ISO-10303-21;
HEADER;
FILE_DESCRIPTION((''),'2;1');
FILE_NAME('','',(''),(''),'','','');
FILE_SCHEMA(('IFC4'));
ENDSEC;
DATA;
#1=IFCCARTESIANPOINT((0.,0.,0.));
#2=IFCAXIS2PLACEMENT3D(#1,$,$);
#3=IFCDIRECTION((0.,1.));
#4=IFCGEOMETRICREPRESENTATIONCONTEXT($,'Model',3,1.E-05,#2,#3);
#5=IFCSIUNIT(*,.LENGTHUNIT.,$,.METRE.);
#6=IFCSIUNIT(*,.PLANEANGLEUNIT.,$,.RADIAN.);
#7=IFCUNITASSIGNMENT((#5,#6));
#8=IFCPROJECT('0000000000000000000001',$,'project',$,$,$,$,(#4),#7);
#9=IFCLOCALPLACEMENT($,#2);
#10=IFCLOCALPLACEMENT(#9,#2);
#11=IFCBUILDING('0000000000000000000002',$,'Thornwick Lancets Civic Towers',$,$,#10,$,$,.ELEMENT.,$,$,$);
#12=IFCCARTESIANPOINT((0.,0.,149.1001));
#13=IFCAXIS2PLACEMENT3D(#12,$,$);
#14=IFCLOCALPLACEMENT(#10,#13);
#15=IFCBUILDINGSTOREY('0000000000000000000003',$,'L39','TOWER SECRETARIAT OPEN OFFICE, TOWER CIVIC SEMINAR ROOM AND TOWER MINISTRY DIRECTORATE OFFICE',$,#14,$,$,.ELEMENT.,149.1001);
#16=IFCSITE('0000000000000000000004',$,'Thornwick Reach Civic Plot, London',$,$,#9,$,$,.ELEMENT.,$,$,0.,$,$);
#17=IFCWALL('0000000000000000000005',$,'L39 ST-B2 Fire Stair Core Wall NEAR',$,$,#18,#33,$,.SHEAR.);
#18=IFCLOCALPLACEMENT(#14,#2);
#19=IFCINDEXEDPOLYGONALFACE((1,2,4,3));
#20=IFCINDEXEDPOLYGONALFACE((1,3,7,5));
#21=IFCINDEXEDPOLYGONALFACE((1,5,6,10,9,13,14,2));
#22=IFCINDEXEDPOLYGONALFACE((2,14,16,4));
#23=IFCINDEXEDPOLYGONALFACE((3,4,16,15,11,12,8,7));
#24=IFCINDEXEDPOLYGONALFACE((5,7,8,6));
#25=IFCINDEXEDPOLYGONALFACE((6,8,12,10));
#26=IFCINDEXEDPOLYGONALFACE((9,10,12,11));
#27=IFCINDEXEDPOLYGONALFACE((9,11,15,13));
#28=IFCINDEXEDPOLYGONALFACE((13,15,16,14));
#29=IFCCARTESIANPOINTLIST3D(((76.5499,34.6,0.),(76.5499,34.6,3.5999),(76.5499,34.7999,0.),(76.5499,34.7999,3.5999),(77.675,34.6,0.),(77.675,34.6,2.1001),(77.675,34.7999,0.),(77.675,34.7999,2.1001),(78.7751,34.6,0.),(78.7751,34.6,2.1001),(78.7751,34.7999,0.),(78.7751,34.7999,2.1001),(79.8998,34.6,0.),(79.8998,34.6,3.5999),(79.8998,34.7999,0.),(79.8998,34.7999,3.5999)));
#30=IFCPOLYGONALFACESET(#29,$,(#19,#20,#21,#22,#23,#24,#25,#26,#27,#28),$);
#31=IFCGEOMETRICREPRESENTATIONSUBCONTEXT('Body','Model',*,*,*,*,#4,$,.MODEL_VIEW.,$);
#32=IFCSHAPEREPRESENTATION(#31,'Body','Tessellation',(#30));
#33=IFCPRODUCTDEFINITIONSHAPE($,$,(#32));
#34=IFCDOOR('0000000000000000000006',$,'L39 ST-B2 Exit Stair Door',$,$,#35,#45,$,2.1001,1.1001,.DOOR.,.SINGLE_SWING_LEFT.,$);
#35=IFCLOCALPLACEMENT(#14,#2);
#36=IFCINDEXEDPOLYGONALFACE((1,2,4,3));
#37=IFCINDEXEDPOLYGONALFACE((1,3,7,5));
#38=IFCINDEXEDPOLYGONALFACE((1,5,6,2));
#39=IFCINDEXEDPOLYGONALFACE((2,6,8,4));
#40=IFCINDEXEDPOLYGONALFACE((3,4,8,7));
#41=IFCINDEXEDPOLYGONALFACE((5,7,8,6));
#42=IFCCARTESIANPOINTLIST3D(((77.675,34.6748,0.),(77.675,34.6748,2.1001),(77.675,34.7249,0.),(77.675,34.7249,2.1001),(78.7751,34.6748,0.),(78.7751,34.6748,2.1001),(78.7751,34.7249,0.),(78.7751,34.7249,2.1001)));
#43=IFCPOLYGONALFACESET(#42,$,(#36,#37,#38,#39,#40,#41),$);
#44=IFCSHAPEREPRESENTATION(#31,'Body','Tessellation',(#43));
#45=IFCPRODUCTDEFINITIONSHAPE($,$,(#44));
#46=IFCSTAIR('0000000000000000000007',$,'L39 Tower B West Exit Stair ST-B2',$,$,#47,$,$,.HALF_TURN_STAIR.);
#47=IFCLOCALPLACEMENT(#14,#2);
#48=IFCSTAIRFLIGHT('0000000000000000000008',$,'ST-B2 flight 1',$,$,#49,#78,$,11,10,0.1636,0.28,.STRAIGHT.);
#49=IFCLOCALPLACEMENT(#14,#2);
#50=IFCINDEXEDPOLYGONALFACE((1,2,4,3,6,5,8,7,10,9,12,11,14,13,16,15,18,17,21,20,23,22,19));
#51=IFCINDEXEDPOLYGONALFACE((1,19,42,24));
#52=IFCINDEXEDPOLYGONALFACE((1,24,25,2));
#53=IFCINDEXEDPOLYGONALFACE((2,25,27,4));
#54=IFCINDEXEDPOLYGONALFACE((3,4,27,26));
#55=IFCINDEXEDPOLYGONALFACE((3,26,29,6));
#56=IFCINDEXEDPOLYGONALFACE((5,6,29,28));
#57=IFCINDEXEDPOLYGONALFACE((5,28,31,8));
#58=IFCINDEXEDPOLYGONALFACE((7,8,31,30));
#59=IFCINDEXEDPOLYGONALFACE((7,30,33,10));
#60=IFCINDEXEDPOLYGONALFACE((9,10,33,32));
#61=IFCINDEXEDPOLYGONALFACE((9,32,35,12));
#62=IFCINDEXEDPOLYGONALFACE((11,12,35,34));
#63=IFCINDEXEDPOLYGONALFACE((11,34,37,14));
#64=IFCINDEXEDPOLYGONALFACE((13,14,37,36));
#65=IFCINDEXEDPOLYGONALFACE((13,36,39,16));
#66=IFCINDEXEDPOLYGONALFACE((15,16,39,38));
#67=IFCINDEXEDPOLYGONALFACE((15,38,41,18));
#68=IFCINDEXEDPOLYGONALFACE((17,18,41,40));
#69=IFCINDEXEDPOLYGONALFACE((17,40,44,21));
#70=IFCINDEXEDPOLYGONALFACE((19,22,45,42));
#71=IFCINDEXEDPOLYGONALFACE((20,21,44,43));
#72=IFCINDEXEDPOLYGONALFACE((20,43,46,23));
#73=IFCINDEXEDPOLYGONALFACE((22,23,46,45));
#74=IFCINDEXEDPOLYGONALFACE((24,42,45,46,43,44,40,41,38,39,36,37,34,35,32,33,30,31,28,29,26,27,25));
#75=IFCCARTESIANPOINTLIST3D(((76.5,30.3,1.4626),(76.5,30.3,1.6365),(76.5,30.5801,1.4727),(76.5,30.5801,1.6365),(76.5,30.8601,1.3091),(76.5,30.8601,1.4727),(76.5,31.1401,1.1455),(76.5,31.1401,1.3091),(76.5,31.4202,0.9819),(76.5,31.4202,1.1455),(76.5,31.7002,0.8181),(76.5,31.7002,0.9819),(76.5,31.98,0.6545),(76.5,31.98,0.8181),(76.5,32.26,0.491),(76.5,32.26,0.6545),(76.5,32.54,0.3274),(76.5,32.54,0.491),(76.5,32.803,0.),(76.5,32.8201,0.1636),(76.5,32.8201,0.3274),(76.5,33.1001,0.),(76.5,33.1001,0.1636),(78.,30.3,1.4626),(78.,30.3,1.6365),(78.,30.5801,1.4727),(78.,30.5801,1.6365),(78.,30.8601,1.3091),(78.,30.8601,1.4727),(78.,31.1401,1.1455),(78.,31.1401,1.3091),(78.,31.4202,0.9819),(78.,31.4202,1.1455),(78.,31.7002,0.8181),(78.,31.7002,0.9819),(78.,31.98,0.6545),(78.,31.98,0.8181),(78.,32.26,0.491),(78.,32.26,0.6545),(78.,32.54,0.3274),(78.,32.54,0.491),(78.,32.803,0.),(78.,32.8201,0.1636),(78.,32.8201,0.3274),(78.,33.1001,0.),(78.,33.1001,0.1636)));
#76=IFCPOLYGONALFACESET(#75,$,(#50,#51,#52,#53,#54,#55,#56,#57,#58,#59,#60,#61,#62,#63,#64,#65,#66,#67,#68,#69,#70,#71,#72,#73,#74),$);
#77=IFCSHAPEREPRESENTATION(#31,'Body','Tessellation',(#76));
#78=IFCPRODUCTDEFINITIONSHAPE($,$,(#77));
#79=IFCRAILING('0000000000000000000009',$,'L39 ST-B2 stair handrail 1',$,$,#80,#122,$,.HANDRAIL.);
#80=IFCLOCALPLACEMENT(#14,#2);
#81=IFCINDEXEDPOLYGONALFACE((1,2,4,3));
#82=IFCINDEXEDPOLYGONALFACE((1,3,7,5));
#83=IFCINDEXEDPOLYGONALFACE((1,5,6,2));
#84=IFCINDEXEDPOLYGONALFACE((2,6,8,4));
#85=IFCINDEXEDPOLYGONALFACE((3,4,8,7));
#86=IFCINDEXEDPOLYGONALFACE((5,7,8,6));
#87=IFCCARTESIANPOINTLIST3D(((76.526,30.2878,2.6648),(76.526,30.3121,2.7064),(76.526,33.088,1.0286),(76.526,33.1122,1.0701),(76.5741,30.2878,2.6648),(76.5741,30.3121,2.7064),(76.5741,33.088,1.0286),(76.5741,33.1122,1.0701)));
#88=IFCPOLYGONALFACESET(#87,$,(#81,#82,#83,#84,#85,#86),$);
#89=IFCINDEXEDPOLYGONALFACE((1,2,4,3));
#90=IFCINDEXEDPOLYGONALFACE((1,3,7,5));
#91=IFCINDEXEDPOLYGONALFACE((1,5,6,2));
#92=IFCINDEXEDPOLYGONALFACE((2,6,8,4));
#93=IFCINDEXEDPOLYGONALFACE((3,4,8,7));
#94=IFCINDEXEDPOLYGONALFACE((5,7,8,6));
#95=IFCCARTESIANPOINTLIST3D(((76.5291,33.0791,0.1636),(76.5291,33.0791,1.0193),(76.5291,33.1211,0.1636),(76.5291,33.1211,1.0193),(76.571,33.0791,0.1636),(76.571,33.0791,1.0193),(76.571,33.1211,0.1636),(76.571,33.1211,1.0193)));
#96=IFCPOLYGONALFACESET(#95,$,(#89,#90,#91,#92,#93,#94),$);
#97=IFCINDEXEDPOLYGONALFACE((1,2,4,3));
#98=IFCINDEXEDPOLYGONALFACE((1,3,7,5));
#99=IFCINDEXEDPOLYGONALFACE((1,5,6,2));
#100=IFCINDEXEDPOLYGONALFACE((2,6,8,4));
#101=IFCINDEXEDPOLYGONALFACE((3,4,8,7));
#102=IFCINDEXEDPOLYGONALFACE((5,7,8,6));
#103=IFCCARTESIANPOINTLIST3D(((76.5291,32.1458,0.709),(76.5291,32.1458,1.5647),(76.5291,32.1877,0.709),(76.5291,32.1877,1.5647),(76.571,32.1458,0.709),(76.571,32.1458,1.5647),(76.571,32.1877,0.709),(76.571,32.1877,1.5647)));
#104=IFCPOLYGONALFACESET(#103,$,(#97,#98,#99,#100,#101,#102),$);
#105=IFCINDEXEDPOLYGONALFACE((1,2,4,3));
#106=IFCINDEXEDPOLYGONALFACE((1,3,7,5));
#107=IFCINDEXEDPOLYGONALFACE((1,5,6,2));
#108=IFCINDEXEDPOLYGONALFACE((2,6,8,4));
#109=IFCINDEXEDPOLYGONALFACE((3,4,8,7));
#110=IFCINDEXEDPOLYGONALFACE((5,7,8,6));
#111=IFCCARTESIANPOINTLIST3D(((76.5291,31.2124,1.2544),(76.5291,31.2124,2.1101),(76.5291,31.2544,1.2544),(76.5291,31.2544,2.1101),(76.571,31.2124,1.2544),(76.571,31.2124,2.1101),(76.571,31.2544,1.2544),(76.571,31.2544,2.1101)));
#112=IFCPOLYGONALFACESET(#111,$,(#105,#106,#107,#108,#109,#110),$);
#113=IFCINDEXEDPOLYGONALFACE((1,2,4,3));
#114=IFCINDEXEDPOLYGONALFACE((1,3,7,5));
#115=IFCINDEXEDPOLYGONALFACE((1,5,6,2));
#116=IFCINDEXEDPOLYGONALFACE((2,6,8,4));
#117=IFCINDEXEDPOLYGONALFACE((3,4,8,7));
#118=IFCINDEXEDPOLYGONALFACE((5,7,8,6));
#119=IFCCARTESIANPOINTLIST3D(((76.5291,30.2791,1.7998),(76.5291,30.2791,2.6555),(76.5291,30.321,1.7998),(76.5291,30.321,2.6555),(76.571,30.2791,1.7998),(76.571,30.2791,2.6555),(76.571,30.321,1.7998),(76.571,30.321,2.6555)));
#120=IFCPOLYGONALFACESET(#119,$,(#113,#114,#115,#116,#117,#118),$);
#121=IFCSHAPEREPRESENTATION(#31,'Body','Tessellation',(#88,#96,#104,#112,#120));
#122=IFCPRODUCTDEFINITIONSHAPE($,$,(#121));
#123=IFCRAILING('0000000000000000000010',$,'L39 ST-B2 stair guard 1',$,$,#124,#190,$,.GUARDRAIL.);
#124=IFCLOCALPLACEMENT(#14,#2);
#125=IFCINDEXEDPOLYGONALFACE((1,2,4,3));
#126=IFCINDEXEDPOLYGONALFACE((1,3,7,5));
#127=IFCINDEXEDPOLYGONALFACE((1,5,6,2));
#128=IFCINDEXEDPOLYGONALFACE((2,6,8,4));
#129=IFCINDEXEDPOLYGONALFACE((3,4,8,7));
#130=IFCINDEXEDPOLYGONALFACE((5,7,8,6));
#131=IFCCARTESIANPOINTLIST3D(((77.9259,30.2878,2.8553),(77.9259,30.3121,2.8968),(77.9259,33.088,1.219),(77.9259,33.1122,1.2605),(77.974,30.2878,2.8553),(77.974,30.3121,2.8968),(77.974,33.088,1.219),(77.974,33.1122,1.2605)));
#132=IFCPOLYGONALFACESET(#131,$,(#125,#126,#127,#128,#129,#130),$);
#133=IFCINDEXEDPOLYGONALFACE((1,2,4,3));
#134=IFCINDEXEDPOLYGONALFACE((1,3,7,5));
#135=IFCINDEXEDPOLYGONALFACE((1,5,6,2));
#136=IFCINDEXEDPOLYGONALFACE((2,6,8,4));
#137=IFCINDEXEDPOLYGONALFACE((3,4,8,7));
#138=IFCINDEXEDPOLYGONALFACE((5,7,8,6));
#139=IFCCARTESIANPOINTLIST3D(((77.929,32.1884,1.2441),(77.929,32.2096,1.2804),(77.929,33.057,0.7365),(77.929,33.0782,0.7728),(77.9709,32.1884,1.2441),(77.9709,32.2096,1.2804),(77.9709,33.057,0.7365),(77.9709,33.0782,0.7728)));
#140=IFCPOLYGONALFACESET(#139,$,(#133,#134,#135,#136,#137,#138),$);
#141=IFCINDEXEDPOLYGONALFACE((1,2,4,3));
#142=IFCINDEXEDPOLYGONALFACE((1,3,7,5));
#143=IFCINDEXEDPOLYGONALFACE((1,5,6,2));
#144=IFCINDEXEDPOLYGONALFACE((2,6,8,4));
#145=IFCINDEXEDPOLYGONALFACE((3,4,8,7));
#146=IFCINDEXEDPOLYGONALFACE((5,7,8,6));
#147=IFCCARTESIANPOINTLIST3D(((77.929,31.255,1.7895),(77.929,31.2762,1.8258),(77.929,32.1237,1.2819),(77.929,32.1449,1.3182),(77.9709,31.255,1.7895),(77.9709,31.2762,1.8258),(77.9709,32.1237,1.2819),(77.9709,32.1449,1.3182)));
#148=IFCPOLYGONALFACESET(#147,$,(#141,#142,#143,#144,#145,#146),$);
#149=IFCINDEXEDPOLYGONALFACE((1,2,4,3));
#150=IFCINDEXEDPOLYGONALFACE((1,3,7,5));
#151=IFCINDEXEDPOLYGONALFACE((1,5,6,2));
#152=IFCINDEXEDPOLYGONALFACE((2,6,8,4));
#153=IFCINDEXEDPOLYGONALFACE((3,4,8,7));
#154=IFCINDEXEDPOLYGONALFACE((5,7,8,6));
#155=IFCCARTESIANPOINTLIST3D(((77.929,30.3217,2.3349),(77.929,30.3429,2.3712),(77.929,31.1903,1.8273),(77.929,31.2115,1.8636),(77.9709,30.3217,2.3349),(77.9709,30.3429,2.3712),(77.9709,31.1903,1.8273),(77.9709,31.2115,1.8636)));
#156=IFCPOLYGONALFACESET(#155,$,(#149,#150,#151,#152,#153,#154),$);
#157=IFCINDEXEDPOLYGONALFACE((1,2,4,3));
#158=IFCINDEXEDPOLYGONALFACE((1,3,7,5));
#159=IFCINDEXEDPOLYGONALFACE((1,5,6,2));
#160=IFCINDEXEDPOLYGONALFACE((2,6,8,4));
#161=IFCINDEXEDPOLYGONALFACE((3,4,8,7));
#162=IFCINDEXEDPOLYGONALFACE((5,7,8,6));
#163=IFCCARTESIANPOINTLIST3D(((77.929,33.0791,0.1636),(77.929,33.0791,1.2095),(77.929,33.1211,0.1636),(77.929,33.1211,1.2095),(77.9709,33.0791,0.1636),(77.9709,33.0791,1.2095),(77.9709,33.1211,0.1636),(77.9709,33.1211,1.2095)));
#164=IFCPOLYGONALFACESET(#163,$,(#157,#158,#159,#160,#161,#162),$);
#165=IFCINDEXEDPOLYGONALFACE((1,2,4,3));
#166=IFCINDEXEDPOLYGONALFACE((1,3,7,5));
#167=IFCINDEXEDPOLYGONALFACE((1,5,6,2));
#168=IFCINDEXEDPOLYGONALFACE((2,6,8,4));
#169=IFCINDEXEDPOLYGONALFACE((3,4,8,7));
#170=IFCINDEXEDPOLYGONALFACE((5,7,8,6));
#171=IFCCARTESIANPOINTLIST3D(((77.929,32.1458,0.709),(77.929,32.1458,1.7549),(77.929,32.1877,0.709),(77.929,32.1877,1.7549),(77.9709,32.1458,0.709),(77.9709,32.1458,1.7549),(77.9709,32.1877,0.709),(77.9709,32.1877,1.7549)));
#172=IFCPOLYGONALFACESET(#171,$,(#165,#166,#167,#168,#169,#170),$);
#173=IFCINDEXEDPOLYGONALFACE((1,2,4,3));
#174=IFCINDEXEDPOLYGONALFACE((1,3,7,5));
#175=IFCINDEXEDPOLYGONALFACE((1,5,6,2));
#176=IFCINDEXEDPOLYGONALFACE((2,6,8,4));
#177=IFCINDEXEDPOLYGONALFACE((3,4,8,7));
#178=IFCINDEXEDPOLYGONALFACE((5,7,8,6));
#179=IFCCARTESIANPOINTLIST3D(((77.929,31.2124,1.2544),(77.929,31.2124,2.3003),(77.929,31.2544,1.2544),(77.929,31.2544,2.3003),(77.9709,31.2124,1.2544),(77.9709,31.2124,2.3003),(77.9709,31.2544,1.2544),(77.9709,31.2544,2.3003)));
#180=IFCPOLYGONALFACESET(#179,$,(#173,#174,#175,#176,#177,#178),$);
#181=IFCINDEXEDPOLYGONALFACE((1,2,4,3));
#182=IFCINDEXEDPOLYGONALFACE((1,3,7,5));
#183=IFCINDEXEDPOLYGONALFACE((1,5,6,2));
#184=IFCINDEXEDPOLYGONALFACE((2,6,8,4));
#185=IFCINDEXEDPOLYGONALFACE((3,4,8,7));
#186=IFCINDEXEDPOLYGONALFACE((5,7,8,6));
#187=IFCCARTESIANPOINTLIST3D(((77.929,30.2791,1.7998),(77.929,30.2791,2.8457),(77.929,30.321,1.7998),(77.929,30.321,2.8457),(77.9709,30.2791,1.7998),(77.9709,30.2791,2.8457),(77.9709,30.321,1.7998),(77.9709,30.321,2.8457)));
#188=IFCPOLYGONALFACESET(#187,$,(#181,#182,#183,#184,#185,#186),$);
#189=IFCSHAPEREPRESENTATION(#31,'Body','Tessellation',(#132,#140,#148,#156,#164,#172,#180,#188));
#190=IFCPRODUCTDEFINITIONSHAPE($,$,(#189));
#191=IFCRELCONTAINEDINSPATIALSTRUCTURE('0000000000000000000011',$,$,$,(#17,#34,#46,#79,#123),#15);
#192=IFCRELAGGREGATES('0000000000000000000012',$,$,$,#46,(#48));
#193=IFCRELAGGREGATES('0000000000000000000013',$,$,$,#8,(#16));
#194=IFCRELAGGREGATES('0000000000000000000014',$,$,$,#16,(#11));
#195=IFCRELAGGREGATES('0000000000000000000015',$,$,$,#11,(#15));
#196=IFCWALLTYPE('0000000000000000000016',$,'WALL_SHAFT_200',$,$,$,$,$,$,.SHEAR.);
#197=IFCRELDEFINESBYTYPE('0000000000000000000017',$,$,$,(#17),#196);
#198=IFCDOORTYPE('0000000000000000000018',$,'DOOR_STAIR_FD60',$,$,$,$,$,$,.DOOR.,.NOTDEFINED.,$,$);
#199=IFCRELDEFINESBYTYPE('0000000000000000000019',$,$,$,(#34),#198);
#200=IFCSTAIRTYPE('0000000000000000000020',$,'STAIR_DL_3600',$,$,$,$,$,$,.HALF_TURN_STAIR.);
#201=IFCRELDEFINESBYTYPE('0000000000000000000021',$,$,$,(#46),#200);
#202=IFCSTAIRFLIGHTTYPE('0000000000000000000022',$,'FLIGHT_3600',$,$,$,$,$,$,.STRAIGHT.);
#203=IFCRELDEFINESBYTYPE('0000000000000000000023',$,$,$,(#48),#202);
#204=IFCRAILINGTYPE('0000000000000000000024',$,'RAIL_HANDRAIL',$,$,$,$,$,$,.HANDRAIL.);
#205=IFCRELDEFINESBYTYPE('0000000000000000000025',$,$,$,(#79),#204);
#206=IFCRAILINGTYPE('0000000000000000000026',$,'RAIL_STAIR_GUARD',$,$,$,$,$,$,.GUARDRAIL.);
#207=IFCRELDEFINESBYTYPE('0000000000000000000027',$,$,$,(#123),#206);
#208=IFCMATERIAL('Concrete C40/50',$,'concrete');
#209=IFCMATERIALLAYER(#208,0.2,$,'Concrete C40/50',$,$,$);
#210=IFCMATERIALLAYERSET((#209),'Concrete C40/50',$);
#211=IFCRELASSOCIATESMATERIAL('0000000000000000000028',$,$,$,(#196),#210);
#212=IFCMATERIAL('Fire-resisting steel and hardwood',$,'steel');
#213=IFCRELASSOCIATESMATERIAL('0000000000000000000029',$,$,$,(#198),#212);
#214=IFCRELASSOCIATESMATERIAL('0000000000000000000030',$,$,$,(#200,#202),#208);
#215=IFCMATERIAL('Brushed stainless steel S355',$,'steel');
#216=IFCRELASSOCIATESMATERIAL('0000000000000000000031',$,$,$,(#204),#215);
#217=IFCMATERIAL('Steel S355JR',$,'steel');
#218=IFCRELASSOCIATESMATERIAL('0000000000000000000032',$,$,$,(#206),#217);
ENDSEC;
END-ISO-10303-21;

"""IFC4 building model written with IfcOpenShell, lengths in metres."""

from ifc_helpers import new_model, si_unit, direction, frame, frame_2d, origin, origin_2d, place, context, subcontext, project, spatial, polyline, rectangle, outline, extrude, material, layer, layer_set, type_object, element, fill, aggregate, save


model = new_model("IFC4")

# Units and contexts
model_context = context("Model", 3, precision=1e-05, world=origin(), true_north=direction((0.0, 1.0)))
body_context = subcontext(model_context, "Body", "Model", "MODEL_VIEW")
ifc_project = project(units=[si_unit("LENGTHUNIT", "METRE"), si_unit("PLANEANGLEUNIT", "RADIAN")], contexts=[model_context])

# Site, building, storey
site_placement = place(None, origin())
site = spatial("IfcSite", under=ifc_project, at=site_placement, Name="Thornwick Reach Civic Plot, London", CompositionType="ELEMENT", RefElevation=0.0)
building_placement = place(site_placement, origin())
building = spatial("IfcBuilding", under=site, at=building_placement, Name="Thornwick Lancets Civic Towers", CompositionType="ELEMENT")
storey_placement = place(building_placement, frame((0.0, 0.0, 149.1001)))
storey = spatial("IfcBuildingStorey", under=building, at=storey_placement, Name="L39", Description="TOWER SECRETARIAT OPEN OFFICE, TOWER CIVIC SEMINAR ROOM AND TOWER MINISTRY DIRECTORATE OFFICE", CompositionType="ELEMENT", Elevation=149.1001)

# Shared definitions
ifc_material_1 = material(Name="Steel S355JR", Category="steel")
ifc_material_2 = material(Name="Concrete C40/50", Category="concrete")

# Wall, opening, door
ifc_layer_1 = layer(ifc_material_2, 0.2, Name="Concrete C40/50")
ifc_layer_set_1 = layer_set([ifc_layer_1], Name="Concrete C40/50")
wall_type_1 = type_object("IfcWallType", Name="WALL_SHAFT_200", PredefinedType="SHEAR", material=ifc_layer_set_1)
wall_1_placement = place(storey_placement, frame((76.55, 34.7, 0.0), z_axis=(0.0, 0.0, 1.0), x_axis=(1.0, 0.0, 0.0)))
wall_1 = element("IfcWall", 1, at=wall_1_placement, inside=storey, type_object=wall_type_1, Name="L39 ST-B2 Fire Stair Core Wall NEAR", PredefinedType="SHEAR", context=body_context, shape_type="SweptSolid", body=[
    extrude(rectangle(XDim=3.3499, YDim=0.2, at=frame_2d((1.6748, 0.0))), origin(), (0.0, 0.0, 1.0), 3.5999),
])
opening_1_placement = place(wall_1_placement, frame((1.125, 0.0, 0.0)))
opening_1 = element("IfcOpeningElement", 2, at=opening_1_placement, cuts=wall_1, PredefinedType="OPENING", context=body_context, shape_type="SweptSolid", body=[
    extrude(rectangle(XDim=1.1001, YDim=2.1001, at=frame_2d((0.55, 1.05))), frame((0.0, 0.1099, 0.0), z_axis=(0.0, -1.0, 0.0), x_axis=(1.0, 0.0, 0.0)), (0.0, 0.0, 1.0), 0.22),
])
ifc_material_3 = material(Name="Fire-resisting steel and hardwood", Category="steel")
door_type = type_object("IfcDoorType", Name="DOOR_STAIR_FD60", OperationType="NOTDEFINED", PredefinedType="DOOR", material=ifc_material_3)
door_placement = place(opening_1_placement, origin())
door = element("IfcDoor", 3, at=door_placement, inside=storey, type_object=door_type, Name="L39 ST-B2 Exit Stair Door", OperationType="SINGLE_SWING_LEFT", OverallHeight=2.1001, OverallWidth=1.1001, PredefinedType="DOOR", context=body_context, shape_type="SweptSolid", body=[
    extrude(rectangle(XDim=1.1001, YDim=2.1001, at=frame_2d((0.55, 1.05))), frame((0.0, 0.0249, 0.0), z_axis=(0.0, -1.0, 0.0), x_axis=(1.0, 0.0, 0.0)), (0.0, 0.0, 1.0), 0.05),
])
fill(opening_1, door)

# Stair, stair flight
stair_type = type_object("IfcStairType", Name="STAIR_DL_3600", PredefinedType="HALF_TURN_STAIR", material=ifc_material_2)
stair_placement = place(storey_placement, origin())
stair = element("IfcStair", 4, at=stair_placement, inside=storey, type_object=stair_type, Name="L39 Tower B West Exit Stair ST-B2", PredefinedType="HALF_TURN_STAIR")
stair_flight_type = type_object("IfcStairFlightType", Name="FLIGHT_3600", PredefinedType="STRAIGHT", material=ifc_material_2)
stair_flight_placement = place(storey_placement, frame((77.25, 33.1001, 0.0), z_axis=(0.0, 0.0, 1.0), x_axis=(0.0, -1.0, 0.0)))
stair_flight = element("IfcStairFlight", 5, at=stair_flight_placement, type_object=stair_flight_type, Name="ST-B2 flight 1", NumberOfRisers=11, NumberOfTreads=10, PredefinedType="STRAIGHT", RiserHeight=0.1636, TreadLength=0.28, context=body_context, shape_type="SweptSolid", body=[
    extrude(outline(polyline([(0.0, 0.0), (0.0, 0.1636), (0.28, 0.1636), (0.28, 0.3274), (0.5601, 0.3274), (0.5601, 0.491), (0.8401, 0.491), (0.8401, 0.6545), (1.1201, 0.6545), (1.1201, 0.8181), (1.3999, 0.8181), (1.3999, 0.9819), (1.6799, 0.9819), (1.6799, 1.1455), (1.96, 1.1455), (1.96, 1.3091), (2.24, 1.3091), (2.24, 1.4727), (2.52, 1.4727), (2.52, 1.6365), (2.8, 1.6365), (2.8, 1.8), (2.8, 1.4626), (0.2971, 0.0), (0.0, 0.0)])), frame((0.0, 0.75, 0.0), z_axis=(0.0, -1.0, 0.0), x_axis=(1.0, 0.0, 0.0)), (0.0, 0.0, 1.0), 1.5),
])
aggregate(stair, [stair_flight])

# Railings
ifc_material_4 = material(Name="Brushed stainless steel S355", Category="steel")
railing_type_1 = type_object("IfcRailingType", Name="RAIL_HANDRAIL", PredefinedType="HANDRAIL", material=ifc_material_4)
railing_1_placement = place(storey_placement, frame((76.55, 33.1001, 0.1636)))
element("IfcRailing", 6, at=railing_1_placement, inside=storey, type_object=railing_type_1, Name="L39 ST-B2 stair handrail 1", PredefinedType="HANDRAIL", context=body_context, shape_type="SweptSolid", body=[
    extrude(rectangle(XDim=0.0481, YDim=0.0481, at=origin_2d()), frame((0.0, 0.0, 0.8857), z_axis=(0.0, -0.863394, 0.504531), x_axis=(1.0, 0.0, 0.0)), (0.0, 0.0, 1.0), 3.2432),
    extrude(rectangle(XDim=0.042, YDim=0.042, at=origin_2d()), origin(), (0.0, 0.0, 1.0), 0.8557),
    extrude(rectangle(XDim=0.042, YDim=0.042, at=origin_2d()), frame((0.0, -0.9333, 0.5454)), (0.0, 0.0, 1.0), 0.8557),
    extrude(rectangle(XDim=0.042, YDim=0.042, at=origin_2d()), frame((0.0, -1.8667, 1.0908)), (0.0, 0.0, 1.0), 0.8557),
    extrude(rectangle(XDim=0.042, YDim=0.042, at=origin_2d()), frame((0.0, -2.8, 1.6362)), (0.0, 0.0, 1.0), 0.8557),
])
railing_type_2 = type_object("IfcRailingType", Name="RAIL_STAIR_GUARD", PredefinedType="GUARDRAIL", material=ifc_material_1)
railing_2_placement = place(storey_placement, frame((77.95, 33.1001, 0.1636)))
element("IfcRailing", 7, at=railing_2_placement, inside=storey, type_object=railing_type_2, Name="L39 ST-B2 stair guard 1", PredefinedType="GUARDRAIL", context=body_context, shape_type="SweptSolid", body=[
    extrude(rectangle(XDim=0.0481, YDim=0.0481, at=origin_2d()), frame((0.0, 0.0, 1.0762), z_axis=(0.0, -0.863394, 0.504531), x_axis=(1.0, 0.0, 0.0)), (0.0, 0.0, 1.0), 3.2432),
    extrude(rectangle(XDim=0.042, YDim=0.042, at=origin_2d()), frame((0.0, -0.0325, 0.5911), z_axis=(0.0, -0.863394, 0.504531), x_axis=(1.0, 0.0, 0.0)), (0.0, 0.0, 1.0), 1.0061),
    extrude(rectangle(XDim=0.042, YDim=0.042, at=origin_2d()), frame((0.0, -0.9658, 1.1365), z_axis=(0.0, -0.863394, 0.504531), x_axis=(1.0, 0.0, 0.0)), (0.0, 0.0, 1.0), 1.0061),
    extrude(rectangle(XDim=0.042, YDim=0.042, at=origin_2d()), frame((0.0, -1.8992, 1.6819), z_axis=(0.0, -0.863394, 0.504531), x_axis=(1.0, 0.0, 0.0)), (0.0, 0.0, 1.0), 1.0061),
    extrude(rectangle(XDim=0.042, YDim=0.042, at=origin_2d()), origin(), (0.0, 0.0, 1.0), 1.0459),
    extrude(rectangle(XDim=0.042, YDim=0.042, at=origin_2d()), frame((0.0, -0.9333, 0.5454)), (0.0, 0.0, 1.0), 1.0459),
    extrude(rectangle(XDim=0.042, YDim=0.042, at=origin_2d()), frame((0.0, -1.8667, 1.0908)), (0.0, 0.0, 1.0), 1.0459),
    extrude(rectangle(XDim=0.042, YDim=0.042, at=origin_2d()), frame((0.0, -2.8, 1.6362)), (0.0, 0.0, 1.0), 1.0459),
])

save(model, "model.ifc")
